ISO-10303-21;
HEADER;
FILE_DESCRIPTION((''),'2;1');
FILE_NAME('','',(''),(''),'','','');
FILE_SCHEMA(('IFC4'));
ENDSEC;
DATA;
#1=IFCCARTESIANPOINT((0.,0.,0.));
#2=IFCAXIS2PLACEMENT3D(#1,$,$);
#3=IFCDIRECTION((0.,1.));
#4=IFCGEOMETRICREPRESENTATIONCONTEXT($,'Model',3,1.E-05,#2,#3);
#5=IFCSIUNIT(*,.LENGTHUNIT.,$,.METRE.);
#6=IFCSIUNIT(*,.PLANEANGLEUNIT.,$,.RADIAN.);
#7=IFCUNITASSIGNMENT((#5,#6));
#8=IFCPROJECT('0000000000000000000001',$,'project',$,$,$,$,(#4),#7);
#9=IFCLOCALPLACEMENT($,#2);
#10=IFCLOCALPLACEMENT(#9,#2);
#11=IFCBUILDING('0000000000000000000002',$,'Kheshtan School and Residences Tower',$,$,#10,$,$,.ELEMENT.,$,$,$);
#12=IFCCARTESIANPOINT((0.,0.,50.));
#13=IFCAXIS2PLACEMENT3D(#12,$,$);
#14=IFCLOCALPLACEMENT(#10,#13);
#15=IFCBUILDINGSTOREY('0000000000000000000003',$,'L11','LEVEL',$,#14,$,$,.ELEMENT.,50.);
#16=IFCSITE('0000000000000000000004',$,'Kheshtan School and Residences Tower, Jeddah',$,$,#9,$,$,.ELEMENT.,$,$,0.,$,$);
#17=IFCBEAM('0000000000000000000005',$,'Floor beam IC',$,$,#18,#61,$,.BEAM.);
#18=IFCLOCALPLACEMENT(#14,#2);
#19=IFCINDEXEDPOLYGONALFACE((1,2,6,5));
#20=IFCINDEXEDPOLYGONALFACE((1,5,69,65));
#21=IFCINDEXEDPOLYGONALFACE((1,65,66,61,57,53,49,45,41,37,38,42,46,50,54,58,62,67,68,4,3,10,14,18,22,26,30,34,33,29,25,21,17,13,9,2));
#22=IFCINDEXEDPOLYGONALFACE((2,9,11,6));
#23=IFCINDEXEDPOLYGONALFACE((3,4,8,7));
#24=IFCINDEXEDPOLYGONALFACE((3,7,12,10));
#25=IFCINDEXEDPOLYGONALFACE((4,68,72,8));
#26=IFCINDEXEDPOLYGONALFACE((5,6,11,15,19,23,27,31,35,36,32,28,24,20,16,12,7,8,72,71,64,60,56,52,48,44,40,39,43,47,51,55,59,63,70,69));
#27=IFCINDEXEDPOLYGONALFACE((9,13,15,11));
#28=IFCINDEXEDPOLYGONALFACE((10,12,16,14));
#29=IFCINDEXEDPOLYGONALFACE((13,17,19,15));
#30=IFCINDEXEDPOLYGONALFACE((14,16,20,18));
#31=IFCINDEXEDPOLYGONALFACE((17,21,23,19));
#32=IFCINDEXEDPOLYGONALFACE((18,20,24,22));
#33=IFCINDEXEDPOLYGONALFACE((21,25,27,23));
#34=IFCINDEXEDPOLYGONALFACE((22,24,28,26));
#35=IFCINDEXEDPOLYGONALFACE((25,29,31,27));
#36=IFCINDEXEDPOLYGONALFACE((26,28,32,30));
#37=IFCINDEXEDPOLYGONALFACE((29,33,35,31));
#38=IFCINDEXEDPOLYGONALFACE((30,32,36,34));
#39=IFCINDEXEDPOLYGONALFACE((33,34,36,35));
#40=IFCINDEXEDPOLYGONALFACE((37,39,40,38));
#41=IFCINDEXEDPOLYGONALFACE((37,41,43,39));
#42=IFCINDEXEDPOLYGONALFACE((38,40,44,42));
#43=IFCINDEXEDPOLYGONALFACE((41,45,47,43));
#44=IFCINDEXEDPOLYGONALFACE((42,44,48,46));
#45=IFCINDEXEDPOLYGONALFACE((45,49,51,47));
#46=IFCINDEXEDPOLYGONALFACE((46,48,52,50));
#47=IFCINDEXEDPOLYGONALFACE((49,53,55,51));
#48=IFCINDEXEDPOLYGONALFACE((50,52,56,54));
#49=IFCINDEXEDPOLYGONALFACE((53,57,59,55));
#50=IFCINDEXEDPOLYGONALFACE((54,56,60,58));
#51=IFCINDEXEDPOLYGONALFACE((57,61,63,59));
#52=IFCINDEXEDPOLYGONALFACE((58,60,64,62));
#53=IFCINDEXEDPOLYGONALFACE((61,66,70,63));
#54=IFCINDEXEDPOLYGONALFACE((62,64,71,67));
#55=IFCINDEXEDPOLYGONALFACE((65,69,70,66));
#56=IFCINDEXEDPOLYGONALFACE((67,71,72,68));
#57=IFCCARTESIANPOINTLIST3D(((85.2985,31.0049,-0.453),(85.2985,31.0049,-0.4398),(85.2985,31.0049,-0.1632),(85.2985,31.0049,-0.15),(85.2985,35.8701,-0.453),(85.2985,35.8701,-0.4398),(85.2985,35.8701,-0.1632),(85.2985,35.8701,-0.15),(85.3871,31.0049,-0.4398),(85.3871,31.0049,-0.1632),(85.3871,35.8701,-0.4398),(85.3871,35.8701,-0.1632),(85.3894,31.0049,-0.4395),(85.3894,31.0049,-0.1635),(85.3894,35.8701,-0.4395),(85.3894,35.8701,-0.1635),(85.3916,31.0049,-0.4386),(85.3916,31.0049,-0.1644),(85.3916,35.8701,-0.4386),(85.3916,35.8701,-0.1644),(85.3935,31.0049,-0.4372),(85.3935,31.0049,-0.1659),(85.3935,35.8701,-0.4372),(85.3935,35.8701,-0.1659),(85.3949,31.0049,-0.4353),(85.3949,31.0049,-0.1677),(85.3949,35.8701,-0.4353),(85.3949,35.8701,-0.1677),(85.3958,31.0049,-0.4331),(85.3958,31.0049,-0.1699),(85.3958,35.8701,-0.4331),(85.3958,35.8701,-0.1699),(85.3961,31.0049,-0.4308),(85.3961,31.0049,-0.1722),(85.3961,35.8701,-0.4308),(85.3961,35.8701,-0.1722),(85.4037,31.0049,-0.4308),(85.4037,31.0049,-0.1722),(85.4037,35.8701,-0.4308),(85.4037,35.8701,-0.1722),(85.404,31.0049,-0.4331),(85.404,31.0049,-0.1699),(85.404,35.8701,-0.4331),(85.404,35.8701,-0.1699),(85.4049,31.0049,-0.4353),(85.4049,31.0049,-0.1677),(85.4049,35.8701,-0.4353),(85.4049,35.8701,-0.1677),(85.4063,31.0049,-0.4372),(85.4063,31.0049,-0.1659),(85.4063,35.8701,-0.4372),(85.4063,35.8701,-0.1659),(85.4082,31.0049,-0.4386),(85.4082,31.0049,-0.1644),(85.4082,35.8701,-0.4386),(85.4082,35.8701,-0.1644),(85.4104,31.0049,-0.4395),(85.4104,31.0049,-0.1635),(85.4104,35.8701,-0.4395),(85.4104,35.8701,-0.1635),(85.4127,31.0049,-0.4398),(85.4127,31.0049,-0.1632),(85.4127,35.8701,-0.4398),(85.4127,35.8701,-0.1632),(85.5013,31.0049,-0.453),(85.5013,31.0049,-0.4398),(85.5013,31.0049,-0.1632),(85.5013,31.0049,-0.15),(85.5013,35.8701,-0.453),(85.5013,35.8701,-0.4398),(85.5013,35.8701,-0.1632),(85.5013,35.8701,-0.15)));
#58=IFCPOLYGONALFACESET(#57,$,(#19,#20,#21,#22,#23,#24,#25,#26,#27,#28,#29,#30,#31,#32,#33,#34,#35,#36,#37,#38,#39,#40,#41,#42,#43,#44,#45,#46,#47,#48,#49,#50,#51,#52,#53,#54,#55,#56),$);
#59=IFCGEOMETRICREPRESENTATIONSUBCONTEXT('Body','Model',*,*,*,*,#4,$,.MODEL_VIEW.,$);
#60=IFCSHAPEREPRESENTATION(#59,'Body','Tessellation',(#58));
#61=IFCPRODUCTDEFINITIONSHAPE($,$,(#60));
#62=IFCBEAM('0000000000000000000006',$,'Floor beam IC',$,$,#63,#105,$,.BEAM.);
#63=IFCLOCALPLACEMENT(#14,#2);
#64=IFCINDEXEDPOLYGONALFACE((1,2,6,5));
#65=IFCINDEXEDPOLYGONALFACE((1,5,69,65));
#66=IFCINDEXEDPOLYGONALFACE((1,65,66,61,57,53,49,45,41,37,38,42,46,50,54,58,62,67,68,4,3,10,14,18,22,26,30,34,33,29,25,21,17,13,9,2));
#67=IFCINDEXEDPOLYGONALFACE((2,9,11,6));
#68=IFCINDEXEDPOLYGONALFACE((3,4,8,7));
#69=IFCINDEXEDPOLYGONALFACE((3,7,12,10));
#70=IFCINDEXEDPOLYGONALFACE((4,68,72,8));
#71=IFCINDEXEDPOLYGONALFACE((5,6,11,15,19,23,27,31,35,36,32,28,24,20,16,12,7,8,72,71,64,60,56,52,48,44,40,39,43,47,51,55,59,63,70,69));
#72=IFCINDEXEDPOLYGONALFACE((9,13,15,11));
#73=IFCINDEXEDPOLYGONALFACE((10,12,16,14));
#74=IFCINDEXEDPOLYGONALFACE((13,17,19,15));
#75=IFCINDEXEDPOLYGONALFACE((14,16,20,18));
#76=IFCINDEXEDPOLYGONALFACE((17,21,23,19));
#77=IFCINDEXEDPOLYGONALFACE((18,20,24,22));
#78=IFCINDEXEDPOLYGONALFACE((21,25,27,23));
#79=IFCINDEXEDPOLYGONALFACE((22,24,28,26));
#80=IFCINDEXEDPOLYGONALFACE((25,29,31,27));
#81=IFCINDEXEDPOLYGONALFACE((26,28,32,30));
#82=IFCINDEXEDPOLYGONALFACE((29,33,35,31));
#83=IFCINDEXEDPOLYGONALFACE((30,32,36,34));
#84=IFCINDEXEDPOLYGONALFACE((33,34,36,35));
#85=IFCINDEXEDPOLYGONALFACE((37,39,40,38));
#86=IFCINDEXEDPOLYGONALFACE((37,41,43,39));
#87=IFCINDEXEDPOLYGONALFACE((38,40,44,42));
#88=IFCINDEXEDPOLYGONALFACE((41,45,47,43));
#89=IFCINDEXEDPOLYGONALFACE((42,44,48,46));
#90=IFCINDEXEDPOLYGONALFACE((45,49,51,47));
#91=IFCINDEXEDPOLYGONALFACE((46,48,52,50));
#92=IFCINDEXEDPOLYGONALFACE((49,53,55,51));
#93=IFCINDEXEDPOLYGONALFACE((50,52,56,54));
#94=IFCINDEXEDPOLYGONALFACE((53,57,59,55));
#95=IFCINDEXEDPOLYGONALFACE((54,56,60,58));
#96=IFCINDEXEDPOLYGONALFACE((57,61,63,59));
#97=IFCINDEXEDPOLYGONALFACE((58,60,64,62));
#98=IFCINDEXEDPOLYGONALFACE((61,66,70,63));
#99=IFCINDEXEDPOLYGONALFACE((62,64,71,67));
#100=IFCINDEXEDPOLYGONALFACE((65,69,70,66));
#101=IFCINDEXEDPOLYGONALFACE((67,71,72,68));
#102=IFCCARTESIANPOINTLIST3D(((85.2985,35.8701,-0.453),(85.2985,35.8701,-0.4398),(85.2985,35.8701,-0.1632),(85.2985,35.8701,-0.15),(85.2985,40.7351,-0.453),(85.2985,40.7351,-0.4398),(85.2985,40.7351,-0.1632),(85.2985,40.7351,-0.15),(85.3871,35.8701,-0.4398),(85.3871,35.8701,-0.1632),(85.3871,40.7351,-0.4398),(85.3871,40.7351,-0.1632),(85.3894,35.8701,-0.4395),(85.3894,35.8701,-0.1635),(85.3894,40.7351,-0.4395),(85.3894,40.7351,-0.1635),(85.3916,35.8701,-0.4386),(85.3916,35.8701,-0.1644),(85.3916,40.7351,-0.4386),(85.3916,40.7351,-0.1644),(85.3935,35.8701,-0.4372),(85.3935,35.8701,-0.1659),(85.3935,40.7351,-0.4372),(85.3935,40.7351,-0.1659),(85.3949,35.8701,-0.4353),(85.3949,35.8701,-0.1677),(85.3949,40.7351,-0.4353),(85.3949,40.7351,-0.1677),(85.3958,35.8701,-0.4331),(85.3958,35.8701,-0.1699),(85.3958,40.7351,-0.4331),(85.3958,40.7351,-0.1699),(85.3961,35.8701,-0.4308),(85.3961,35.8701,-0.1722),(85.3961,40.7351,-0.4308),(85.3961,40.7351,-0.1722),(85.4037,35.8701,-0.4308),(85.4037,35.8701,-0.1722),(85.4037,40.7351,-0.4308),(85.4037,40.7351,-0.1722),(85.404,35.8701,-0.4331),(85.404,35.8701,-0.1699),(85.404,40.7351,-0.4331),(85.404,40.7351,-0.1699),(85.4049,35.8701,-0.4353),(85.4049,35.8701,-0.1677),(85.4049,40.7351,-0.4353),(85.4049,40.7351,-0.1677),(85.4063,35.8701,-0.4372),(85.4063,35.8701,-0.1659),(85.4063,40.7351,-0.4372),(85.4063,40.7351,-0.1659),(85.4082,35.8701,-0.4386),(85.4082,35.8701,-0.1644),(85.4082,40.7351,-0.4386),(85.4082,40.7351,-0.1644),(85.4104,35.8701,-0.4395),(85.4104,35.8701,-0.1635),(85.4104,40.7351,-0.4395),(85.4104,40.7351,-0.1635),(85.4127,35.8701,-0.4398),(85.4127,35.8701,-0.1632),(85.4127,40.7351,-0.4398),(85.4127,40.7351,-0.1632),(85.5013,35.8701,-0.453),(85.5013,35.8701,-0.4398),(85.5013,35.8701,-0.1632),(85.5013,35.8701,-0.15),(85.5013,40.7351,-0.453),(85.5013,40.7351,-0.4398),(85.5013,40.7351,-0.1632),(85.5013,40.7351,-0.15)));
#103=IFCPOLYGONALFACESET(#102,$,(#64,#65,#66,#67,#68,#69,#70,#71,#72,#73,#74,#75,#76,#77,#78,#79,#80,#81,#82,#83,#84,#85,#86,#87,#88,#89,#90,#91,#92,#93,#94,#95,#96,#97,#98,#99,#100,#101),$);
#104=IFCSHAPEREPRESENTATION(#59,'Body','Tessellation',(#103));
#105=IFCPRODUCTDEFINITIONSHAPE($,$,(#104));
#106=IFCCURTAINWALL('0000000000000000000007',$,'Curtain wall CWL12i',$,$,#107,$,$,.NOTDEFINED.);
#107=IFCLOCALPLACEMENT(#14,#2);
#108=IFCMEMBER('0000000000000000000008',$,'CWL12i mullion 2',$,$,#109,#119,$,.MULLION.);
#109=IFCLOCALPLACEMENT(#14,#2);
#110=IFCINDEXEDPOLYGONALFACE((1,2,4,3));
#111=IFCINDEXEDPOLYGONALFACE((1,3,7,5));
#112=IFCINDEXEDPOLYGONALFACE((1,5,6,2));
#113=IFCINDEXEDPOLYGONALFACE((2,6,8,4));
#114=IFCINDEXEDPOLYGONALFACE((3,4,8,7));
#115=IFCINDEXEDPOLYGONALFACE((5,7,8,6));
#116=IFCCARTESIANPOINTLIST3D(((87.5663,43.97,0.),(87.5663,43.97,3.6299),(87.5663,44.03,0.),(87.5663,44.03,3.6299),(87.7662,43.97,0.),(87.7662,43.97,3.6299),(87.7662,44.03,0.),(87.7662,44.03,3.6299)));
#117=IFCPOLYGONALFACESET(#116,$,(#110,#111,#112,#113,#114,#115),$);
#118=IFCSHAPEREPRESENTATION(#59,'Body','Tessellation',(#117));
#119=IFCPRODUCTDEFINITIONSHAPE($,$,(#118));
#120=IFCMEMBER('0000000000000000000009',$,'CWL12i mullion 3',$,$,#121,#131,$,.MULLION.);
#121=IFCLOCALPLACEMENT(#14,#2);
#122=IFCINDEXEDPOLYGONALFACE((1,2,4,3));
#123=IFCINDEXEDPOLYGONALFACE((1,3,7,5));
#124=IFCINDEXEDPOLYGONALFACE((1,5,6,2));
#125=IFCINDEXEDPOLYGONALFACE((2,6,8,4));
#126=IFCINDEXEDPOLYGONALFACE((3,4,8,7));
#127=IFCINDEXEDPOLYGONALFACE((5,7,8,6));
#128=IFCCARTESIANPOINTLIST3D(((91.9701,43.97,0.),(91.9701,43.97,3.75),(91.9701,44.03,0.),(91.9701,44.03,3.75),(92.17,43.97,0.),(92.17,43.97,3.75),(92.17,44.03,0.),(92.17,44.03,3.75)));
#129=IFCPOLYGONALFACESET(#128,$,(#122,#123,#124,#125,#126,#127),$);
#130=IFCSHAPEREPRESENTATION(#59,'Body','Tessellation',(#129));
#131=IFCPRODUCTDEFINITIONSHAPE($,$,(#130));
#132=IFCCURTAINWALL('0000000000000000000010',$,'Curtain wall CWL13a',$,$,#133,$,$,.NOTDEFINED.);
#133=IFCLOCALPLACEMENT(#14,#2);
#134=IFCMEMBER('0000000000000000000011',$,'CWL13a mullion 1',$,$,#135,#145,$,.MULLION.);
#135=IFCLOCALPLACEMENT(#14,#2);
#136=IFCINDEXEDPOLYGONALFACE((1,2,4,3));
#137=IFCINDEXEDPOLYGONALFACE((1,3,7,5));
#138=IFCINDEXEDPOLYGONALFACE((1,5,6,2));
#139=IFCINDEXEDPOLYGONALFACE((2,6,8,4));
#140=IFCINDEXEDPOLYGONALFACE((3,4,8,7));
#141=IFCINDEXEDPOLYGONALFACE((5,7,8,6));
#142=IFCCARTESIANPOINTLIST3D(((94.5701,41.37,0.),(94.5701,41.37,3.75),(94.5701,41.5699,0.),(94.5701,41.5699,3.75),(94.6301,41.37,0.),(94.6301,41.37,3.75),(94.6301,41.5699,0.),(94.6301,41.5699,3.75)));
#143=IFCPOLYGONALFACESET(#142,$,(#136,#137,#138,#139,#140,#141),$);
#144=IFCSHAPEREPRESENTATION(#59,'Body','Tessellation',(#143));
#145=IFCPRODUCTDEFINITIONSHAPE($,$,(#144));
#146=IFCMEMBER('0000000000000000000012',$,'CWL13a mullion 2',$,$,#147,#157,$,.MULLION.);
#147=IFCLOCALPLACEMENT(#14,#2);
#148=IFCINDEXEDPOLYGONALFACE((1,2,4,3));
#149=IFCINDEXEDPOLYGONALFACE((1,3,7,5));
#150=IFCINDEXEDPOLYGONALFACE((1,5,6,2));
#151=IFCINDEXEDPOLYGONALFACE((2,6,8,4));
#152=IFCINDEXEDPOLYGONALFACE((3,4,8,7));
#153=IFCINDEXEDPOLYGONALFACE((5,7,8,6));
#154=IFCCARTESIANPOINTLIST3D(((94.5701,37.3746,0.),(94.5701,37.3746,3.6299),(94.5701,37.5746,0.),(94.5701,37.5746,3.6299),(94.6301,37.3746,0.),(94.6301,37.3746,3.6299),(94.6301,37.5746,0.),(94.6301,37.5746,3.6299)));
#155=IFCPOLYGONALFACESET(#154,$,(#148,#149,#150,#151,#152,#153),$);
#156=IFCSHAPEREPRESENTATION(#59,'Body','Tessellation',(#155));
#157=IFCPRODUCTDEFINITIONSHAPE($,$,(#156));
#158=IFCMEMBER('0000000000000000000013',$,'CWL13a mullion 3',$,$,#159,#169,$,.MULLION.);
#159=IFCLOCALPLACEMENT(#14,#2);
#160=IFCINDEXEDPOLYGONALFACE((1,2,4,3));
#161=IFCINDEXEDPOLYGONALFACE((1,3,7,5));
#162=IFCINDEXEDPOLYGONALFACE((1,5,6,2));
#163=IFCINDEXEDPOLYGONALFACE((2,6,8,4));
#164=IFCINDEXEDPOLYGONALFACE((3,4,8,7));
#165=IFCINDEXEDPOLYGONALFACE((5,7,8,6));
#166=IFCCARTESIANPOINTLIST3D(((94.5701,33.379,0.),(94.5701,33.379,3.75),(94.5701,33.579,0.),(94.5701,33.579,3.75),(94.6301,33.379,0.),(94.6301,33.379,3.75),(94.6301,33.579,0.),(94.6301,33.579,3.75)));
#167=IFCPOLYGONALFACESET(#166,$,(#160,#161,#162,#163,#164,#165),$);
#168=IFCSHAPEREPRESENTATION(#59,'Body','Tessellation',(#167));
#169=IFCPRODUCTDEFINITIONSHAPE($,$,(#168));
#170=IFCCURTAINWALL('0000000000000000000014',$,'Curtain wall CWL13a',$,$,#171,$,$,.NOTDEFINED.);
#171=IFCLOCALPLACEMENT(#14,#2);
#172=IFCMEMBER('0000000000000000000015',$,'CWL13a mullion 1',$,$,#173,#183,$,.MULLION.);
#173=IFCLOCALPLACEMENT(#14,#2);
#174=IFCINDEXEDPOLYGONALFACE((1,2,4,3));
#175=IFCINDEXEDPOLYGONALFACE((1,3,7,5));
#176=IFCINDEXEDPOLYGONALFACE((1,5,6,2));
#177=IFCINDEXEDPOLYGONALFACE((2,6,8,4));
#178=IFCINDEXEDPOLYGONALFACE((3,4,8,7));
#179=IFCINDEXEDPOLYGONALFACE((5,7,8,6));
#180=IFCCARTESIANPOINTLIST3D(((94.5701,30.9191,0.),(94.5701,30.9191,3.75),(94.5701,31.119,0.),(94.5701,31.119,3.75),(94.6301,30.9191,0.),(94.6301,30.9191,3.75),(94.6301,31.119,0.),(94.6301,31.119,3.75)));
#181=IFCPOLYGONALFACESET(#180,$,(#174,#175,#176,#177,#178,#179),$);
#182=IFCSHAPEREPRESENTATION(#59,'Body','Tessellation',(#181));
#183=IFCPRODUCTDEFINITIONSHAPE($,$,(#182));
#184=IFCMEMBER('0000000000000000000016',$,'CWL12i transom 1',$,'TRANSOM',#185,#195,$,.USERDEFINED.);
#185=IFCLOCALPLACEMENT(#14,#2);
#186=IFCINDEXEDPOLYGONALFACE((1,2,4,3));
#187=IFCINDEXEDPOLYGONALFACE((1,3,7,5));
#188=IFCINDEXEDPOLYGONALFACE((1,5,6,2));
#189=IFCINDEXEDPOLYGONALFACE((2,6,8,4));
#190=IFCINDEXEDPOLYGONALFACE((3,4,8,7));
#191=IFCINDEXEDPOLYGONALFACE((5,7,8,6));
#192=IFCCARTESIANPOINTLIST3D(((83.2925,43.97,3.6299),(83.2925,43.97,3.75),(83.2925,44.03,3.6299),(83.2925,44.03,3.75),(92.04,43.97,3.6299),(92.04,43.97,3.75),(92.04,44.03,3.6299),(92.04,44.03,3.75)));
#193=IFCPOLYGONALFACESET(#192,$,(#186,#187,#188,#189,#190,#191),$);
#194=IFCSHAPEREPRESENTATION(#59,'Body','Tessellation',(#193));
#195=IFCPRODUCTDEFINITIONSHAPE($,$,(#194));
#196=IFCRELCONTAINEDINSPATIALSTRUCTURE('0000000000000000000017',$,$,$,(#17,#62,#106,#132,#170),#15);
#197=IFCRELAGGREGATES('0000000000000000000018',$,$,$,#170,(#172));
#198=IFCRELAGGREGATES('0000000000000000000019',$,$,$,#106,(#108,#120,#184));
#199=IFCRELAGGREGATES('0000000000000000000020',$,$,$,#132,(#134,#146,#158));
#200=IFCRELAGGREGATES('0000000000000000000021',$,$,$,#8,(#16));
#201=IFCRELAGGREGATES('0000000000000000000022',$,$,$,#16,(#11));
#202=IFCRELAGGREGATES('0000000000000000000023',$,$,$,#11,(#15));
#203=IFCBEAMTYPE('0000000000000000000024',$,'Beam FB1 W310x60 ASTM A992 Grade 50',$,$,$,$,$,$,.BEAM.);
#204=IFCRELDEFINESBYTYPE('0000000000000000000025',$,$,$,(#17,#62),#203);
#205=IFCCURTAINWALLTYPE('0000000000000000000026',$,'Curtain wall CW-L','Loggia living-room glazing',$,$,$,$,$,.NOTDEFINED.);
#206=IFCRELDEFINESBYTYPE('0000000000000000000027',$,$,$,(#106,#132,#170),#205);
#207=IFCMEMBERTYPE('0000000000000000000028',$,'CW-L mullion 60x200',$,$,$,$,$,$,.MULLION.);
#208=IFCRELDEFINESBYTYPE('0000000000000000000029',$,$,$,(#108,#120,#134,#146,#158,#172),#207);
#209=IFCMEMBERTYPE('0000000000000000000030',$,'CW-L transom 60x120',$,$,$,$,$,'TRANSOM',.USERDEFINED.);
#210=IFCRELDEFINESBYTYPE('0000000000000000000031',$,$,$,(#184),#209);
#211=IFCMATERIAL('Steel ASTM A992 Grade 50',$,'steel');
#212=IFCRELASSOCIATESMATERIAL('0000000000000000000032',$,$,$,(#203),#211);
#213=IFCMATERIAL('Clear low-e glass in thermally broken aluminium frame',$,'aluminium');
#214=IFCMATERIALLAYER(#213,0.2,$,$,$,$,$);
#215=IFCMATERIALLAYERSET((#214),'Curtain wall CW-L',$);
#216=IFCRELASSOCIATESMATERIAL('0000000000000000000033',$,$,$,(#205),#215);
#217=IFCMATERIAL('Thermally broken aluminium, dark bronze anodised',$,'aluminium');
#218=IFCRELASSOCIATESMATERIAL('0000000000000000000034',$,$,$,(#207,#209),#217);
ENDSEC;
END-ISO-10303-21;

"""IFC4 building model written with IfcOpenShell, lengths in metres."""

from ifc_helpers import new_model, si_unit, direction, frame, origin, origin_2d, place, context, subcontext, project, spatial, rectangle, i_section, extrude, material, layer, layer_set, material_profile, profile_set, type_object, element, aggregate, save


model = new_model("IFC4")

# Units and contexts
model_context = context("Model", 3, precision=1e-05, world=origin(), true_north=direction((0.0, 1.0)))
body_context = subcontext(model_context, "Body", "Model", "MODEL_VIEW")
ifc_project = project(units=[si_unit("LENGTHUNIT", "METRE"), si_unit("PLANEANGLEUNIT", "RADIAN")], contexts=[model_context])

# Site, building, storey
site_placement = place(None, origin())
site = spatial("IfcSite", under=ifc_project, at=site_placement, Name="Kheshtan School and Residences Tower, Jeddah", CompositionType="ELEMENT", RefElevation=0.0)
building_placement = place(site_placement, origin())
building = spatial("IfcBuilding", under=site, at=building_placement, Name="Kheshtan School and Residences Tower", CompositionType="ELEMENT")
storey_placement = place(building_placement, frame((0.0, 0.0, 50.0)))
storey = spatial("IfcBuildingStorey", under=building, at=storey_placement, Name="L11", Description="LEVEL", CompositionType="ELEMENT", Elevation=50.0)

# Beams
ifc_material_1 = material(Name="Steel ASTM A992 Grade 50", Category="steel")
ifc_material_profile_1 = material_profile(ifc_material_1, i_section(OverallWidth=0.2029, OverallDepth=0.303, WebThickness=0.0076, FlangeThickness=0.0132, FilletRadius=0.009, at=origin_2d()), Name="W310x60")
ifc_profile_set_1 = profile_set([ifc_material_profile_1], Name="Steel ASTM A992 Grade 50")
beam_type = type_object("IfcBeamType", Name="Beam FB1 W310x60 ASTM A992 Grade 50", PredefinedType="BEAM", material=ifc_profile_set_1)
beam_1_placement = place(storey_placement, frame((85.3999, 31.0049, -0.3015), z_axis=(0.0, 1.0, 0.0), x_axis=(-1.0, 0.0, 0.0)))
element("IfcBeam", 1, at=beam_1_placement, inside=storey, type_object=beam_type, Name="Floor beam IC", PredefinedType="BEAM", context=body_context, shape_type="SweptSolid", body=[
    extrude(i_section(OverallWidth=0.2029, OverallDepth=0.303, WebThickness=0.0076, FlangeThickness=0.0132, FilletRadius=0.009, at=origin_2d()), origin(), (0.0, 0.0, 1.0), 4.8652),
])
beam_2_placement = place(storey_placement, frame((85.3999, 40.7351, -0.3015), z_axis=(0.0, -1.0, 0.0), x_axis=(1.0, 0.0, 0.0)))
element("IfcBeam", 2, at=beam_2_placement, inside=storey, type_object=beam_type, Name="Floor beam IC", PredefinedType="BEAM", context=body_context, shape_type="SweptSolid", body=[
    extrude(i_section(OverallWidth=0.2029, OverallDepth=0.303, WebThickness=0.0076, FlangeThickness=0.0132, FilletRadius=0.009, at=origin_2d()), origin(), (0.0, 0.0, 1.0), 4.865),
])

# Curtain walls, members
ifc_material_2 = material(Name="Clear low-e glass in thermally broken aluminium frame", Category="aluminium")
ifc_layer_1 = layer(ifc_material_2, 0.2)
ifc_layer_set_1 = layer_set([ifc_layer_1], Name="Curtain wall CW-L")
curtain_wall_type = type_object("IfcCurtainWallType", Name="Curtain wall CW-L", Description="Loggia living-room glazing", PredefinedType="NOTDEFINED", material=ifc_layer_set_1)
curtain_wall_1_placement = place(storey_placement, origin())
curtain_wall_1 = element("IfcCurtainWall", 3, at=curtain_wall_1_placement, inside=storey, type_object=curtain_wall_type, Name="Curtain wall CWL12i", PredefinedType="NOTDEFINED")
ifc_material_3 = material(Name="Thermally broken aluminium, dark bronze anodised", Category="aluminium")
ifc_material_profile_2 = material_profile(ifc_material_3, rectangle(XDim=0.0601, YDim=0.2, at=origin_2d()), Name="CW-L mullion 60x200")
ifc_profile_set_2 = profile_set([ifc_material_profile_2], Name="Thermally broken aluminium, dark bronze anodised")
member_type_1 = type_object("IfcMemberType", Name="CW-L mullion 60x200", PredefinedType="MULLION", material=ifc_profile_set_2)
member_1_placement = place(storey_placement, frame((87.6663, 44.0, 0.0), z_axis=(0.0, 0.0, 1.0), x_axis=(0.0, 1.0, 0.0)))
member_1 = element("IfcMember", 4, at=member_1_placement, type_object=member_type_1, Name="CWL12i mullion 2", PredefinedType="MULLION", context=body_context, shape_type="SweptSolid", body=[
    extrude(rectangle(XDim=0.0601, YDim=0.2, at=origin_2d()), origin(), (0.0, 0.0, 1.0), 3.6299),
])
member_2_placement = place(storey_placement, frame((92.0701, 44.0, 0.0), z_axis=(0.0, 0.0, 1.0), x_axis=(0.0, 1.0, 0.0)))
member_2 = element("IfcMember", 5, at=member_2_placement, type_object=member_type_1, Name="CWL12i mullion 3", PredefinedType="MULLION", context=body_context, shape_type="SweptSolid", body=[
    extrude(rectangle(XDim=0.0601, YDim=0.2, at=origin_2d()), origin(), (0.0, 0.0, 1.0), 3.75),
])
curtain_wall_2_placement = place(storey_placement, origin())
curtain_wall_2 = element("IfcCurtainWall", 6, at=curtain_wall_2_placement, inside=storey, type_object=curtain_wall_type, Name="Curtain wall CWL13a", PredefinedType="NOTDEFINED")
member_3_placement = place(storey_placement, frame((94.6001, 41.47, 0.0), z_axis=(0.0, 0.0, 1.0), x_axis=(1.0, 0.0, 0.0)))
member_3 = element("IfcMember", 7, at=member_3_placement, type_object=member_type_1, Name="CWL13a mullion 1", PredefinedType="MULLION", context=body_context, shape_type="SweptSolid", body=[
    extrude(rectangle(XDim=0.0601, YDim=0.2, at=origin_2d()), origin(), (0.0, 0.0, 1.0), 3.75),
])
member_4_placement = place(storey_placement, frame((94.6001, 37.4746, 0.0), z_axis=(0.0, 0.0, 1.0), x_axis=(1.0, 0.0, 0.0)))
member_4 = element("IfcMember", 8, at=member_4_placement, type_object=member_type_1, Name="CWL13a mullion 2", PredefinedType="MULLION", context=body_context, shape_type="SweptSolid", body=[
    extrude(rectangle(XDim=0.0601, YDim=0.2, at=origin_2d()), origin(), (0.0, 0.0, 1.0), 3.6299),
])
member_5_placement = place(storey_placement, frame((94.6001, 33.479, 0.0), z_axis=(0.0, 0.0, 1.0), x_axis=(1.0, 0.0, 0.0)))
member_5 = element("IfcMember", 9, at=member_5_placement, type_object=member_type_1, Name="CWL13a mullion 3", PredefinedType="MULLION", context=body_context, shape_type="SweptSolid", body=[
    extrude(rectangle(XDim=0.0601, YDim=0.2, at=origin_2d()), origin(), (0.0, 0.0, 1.0), 3.75),
])

# Curtain wall, member
curtain_wall_3_placement = place(storey_placement, origin())
curtain_wall_3 = element("IfcCurtainWall", 10, at=curtain_wall_3_placement, inside=storey, type_object=curtain_wall_type, Name="Curtain wall CWL13a", PredefinedType="NOTDEFINED")
member_6_placement = place(storey_placement, frame((94.6001, 31.019, 0.0), z_axis=(0.0, 0.0, 1.0), x_axis=(1.0, 0.0, 0.0)))
member_6 = element("IfcMember", 11, at=member_6_placement, type_object=member_type_1, Name="CWL13a mullion 1", PredefinedType="MULLION", context=body_context, shape_type="SweptSolid", body=[
    extrude(rectangle(XDim=0.0601, YDim=0.2, at=origin_2d()), origin(), (0.0, 0.0, 1.0), 3.75),
])
aggregate(curtain_wall_3, [member_6])

# Member
ifc_material_profile_3 = material_profile(ifc_material_3, rectangle(XDim=0.0601, YDim=0.1201, at=origin_2d()), Name="CW-L transom 60x120")
ifc_profile_set_3 = profile_set([ifc_material_profile_3], Name="Thermally broken aluminium, dark bronze anodised")
member_type_2 = type_object("IfcMemberType", Name="CW-L transom 60x120", ElementType="TRANSOM", PredefinedType="USERDEFINED", material=ifc_profile_set_3)
member_7_placement = place(storey_placement, frame((83.2925, 44.0, 3.6899), z_axis=(1.0, 0.0, 0.0), x_axis=(0.0, 1.0, 0.0)))
member_7 = element("IfcMember", 12, at=member_7_placement, type_object=member_type_2, Name="CWL12i transom 1", ObjectType="TRANSOM", PredefinedType="USERDEFINED", context=body_context, shape_type="SweptSolid", body=[
    extrude(rectangle(XDim=0.0601, YDim=0.1201, at=origin_2d()), origin(), (0.0, 0.0, 1.0), 8.7476),
])

aggregate(curtain_wall_1, [member_1, member_2, member_7])
aggregate(curtain_wall_2, [member_3, member_4, member_5])

save(model, "model.ifc")
